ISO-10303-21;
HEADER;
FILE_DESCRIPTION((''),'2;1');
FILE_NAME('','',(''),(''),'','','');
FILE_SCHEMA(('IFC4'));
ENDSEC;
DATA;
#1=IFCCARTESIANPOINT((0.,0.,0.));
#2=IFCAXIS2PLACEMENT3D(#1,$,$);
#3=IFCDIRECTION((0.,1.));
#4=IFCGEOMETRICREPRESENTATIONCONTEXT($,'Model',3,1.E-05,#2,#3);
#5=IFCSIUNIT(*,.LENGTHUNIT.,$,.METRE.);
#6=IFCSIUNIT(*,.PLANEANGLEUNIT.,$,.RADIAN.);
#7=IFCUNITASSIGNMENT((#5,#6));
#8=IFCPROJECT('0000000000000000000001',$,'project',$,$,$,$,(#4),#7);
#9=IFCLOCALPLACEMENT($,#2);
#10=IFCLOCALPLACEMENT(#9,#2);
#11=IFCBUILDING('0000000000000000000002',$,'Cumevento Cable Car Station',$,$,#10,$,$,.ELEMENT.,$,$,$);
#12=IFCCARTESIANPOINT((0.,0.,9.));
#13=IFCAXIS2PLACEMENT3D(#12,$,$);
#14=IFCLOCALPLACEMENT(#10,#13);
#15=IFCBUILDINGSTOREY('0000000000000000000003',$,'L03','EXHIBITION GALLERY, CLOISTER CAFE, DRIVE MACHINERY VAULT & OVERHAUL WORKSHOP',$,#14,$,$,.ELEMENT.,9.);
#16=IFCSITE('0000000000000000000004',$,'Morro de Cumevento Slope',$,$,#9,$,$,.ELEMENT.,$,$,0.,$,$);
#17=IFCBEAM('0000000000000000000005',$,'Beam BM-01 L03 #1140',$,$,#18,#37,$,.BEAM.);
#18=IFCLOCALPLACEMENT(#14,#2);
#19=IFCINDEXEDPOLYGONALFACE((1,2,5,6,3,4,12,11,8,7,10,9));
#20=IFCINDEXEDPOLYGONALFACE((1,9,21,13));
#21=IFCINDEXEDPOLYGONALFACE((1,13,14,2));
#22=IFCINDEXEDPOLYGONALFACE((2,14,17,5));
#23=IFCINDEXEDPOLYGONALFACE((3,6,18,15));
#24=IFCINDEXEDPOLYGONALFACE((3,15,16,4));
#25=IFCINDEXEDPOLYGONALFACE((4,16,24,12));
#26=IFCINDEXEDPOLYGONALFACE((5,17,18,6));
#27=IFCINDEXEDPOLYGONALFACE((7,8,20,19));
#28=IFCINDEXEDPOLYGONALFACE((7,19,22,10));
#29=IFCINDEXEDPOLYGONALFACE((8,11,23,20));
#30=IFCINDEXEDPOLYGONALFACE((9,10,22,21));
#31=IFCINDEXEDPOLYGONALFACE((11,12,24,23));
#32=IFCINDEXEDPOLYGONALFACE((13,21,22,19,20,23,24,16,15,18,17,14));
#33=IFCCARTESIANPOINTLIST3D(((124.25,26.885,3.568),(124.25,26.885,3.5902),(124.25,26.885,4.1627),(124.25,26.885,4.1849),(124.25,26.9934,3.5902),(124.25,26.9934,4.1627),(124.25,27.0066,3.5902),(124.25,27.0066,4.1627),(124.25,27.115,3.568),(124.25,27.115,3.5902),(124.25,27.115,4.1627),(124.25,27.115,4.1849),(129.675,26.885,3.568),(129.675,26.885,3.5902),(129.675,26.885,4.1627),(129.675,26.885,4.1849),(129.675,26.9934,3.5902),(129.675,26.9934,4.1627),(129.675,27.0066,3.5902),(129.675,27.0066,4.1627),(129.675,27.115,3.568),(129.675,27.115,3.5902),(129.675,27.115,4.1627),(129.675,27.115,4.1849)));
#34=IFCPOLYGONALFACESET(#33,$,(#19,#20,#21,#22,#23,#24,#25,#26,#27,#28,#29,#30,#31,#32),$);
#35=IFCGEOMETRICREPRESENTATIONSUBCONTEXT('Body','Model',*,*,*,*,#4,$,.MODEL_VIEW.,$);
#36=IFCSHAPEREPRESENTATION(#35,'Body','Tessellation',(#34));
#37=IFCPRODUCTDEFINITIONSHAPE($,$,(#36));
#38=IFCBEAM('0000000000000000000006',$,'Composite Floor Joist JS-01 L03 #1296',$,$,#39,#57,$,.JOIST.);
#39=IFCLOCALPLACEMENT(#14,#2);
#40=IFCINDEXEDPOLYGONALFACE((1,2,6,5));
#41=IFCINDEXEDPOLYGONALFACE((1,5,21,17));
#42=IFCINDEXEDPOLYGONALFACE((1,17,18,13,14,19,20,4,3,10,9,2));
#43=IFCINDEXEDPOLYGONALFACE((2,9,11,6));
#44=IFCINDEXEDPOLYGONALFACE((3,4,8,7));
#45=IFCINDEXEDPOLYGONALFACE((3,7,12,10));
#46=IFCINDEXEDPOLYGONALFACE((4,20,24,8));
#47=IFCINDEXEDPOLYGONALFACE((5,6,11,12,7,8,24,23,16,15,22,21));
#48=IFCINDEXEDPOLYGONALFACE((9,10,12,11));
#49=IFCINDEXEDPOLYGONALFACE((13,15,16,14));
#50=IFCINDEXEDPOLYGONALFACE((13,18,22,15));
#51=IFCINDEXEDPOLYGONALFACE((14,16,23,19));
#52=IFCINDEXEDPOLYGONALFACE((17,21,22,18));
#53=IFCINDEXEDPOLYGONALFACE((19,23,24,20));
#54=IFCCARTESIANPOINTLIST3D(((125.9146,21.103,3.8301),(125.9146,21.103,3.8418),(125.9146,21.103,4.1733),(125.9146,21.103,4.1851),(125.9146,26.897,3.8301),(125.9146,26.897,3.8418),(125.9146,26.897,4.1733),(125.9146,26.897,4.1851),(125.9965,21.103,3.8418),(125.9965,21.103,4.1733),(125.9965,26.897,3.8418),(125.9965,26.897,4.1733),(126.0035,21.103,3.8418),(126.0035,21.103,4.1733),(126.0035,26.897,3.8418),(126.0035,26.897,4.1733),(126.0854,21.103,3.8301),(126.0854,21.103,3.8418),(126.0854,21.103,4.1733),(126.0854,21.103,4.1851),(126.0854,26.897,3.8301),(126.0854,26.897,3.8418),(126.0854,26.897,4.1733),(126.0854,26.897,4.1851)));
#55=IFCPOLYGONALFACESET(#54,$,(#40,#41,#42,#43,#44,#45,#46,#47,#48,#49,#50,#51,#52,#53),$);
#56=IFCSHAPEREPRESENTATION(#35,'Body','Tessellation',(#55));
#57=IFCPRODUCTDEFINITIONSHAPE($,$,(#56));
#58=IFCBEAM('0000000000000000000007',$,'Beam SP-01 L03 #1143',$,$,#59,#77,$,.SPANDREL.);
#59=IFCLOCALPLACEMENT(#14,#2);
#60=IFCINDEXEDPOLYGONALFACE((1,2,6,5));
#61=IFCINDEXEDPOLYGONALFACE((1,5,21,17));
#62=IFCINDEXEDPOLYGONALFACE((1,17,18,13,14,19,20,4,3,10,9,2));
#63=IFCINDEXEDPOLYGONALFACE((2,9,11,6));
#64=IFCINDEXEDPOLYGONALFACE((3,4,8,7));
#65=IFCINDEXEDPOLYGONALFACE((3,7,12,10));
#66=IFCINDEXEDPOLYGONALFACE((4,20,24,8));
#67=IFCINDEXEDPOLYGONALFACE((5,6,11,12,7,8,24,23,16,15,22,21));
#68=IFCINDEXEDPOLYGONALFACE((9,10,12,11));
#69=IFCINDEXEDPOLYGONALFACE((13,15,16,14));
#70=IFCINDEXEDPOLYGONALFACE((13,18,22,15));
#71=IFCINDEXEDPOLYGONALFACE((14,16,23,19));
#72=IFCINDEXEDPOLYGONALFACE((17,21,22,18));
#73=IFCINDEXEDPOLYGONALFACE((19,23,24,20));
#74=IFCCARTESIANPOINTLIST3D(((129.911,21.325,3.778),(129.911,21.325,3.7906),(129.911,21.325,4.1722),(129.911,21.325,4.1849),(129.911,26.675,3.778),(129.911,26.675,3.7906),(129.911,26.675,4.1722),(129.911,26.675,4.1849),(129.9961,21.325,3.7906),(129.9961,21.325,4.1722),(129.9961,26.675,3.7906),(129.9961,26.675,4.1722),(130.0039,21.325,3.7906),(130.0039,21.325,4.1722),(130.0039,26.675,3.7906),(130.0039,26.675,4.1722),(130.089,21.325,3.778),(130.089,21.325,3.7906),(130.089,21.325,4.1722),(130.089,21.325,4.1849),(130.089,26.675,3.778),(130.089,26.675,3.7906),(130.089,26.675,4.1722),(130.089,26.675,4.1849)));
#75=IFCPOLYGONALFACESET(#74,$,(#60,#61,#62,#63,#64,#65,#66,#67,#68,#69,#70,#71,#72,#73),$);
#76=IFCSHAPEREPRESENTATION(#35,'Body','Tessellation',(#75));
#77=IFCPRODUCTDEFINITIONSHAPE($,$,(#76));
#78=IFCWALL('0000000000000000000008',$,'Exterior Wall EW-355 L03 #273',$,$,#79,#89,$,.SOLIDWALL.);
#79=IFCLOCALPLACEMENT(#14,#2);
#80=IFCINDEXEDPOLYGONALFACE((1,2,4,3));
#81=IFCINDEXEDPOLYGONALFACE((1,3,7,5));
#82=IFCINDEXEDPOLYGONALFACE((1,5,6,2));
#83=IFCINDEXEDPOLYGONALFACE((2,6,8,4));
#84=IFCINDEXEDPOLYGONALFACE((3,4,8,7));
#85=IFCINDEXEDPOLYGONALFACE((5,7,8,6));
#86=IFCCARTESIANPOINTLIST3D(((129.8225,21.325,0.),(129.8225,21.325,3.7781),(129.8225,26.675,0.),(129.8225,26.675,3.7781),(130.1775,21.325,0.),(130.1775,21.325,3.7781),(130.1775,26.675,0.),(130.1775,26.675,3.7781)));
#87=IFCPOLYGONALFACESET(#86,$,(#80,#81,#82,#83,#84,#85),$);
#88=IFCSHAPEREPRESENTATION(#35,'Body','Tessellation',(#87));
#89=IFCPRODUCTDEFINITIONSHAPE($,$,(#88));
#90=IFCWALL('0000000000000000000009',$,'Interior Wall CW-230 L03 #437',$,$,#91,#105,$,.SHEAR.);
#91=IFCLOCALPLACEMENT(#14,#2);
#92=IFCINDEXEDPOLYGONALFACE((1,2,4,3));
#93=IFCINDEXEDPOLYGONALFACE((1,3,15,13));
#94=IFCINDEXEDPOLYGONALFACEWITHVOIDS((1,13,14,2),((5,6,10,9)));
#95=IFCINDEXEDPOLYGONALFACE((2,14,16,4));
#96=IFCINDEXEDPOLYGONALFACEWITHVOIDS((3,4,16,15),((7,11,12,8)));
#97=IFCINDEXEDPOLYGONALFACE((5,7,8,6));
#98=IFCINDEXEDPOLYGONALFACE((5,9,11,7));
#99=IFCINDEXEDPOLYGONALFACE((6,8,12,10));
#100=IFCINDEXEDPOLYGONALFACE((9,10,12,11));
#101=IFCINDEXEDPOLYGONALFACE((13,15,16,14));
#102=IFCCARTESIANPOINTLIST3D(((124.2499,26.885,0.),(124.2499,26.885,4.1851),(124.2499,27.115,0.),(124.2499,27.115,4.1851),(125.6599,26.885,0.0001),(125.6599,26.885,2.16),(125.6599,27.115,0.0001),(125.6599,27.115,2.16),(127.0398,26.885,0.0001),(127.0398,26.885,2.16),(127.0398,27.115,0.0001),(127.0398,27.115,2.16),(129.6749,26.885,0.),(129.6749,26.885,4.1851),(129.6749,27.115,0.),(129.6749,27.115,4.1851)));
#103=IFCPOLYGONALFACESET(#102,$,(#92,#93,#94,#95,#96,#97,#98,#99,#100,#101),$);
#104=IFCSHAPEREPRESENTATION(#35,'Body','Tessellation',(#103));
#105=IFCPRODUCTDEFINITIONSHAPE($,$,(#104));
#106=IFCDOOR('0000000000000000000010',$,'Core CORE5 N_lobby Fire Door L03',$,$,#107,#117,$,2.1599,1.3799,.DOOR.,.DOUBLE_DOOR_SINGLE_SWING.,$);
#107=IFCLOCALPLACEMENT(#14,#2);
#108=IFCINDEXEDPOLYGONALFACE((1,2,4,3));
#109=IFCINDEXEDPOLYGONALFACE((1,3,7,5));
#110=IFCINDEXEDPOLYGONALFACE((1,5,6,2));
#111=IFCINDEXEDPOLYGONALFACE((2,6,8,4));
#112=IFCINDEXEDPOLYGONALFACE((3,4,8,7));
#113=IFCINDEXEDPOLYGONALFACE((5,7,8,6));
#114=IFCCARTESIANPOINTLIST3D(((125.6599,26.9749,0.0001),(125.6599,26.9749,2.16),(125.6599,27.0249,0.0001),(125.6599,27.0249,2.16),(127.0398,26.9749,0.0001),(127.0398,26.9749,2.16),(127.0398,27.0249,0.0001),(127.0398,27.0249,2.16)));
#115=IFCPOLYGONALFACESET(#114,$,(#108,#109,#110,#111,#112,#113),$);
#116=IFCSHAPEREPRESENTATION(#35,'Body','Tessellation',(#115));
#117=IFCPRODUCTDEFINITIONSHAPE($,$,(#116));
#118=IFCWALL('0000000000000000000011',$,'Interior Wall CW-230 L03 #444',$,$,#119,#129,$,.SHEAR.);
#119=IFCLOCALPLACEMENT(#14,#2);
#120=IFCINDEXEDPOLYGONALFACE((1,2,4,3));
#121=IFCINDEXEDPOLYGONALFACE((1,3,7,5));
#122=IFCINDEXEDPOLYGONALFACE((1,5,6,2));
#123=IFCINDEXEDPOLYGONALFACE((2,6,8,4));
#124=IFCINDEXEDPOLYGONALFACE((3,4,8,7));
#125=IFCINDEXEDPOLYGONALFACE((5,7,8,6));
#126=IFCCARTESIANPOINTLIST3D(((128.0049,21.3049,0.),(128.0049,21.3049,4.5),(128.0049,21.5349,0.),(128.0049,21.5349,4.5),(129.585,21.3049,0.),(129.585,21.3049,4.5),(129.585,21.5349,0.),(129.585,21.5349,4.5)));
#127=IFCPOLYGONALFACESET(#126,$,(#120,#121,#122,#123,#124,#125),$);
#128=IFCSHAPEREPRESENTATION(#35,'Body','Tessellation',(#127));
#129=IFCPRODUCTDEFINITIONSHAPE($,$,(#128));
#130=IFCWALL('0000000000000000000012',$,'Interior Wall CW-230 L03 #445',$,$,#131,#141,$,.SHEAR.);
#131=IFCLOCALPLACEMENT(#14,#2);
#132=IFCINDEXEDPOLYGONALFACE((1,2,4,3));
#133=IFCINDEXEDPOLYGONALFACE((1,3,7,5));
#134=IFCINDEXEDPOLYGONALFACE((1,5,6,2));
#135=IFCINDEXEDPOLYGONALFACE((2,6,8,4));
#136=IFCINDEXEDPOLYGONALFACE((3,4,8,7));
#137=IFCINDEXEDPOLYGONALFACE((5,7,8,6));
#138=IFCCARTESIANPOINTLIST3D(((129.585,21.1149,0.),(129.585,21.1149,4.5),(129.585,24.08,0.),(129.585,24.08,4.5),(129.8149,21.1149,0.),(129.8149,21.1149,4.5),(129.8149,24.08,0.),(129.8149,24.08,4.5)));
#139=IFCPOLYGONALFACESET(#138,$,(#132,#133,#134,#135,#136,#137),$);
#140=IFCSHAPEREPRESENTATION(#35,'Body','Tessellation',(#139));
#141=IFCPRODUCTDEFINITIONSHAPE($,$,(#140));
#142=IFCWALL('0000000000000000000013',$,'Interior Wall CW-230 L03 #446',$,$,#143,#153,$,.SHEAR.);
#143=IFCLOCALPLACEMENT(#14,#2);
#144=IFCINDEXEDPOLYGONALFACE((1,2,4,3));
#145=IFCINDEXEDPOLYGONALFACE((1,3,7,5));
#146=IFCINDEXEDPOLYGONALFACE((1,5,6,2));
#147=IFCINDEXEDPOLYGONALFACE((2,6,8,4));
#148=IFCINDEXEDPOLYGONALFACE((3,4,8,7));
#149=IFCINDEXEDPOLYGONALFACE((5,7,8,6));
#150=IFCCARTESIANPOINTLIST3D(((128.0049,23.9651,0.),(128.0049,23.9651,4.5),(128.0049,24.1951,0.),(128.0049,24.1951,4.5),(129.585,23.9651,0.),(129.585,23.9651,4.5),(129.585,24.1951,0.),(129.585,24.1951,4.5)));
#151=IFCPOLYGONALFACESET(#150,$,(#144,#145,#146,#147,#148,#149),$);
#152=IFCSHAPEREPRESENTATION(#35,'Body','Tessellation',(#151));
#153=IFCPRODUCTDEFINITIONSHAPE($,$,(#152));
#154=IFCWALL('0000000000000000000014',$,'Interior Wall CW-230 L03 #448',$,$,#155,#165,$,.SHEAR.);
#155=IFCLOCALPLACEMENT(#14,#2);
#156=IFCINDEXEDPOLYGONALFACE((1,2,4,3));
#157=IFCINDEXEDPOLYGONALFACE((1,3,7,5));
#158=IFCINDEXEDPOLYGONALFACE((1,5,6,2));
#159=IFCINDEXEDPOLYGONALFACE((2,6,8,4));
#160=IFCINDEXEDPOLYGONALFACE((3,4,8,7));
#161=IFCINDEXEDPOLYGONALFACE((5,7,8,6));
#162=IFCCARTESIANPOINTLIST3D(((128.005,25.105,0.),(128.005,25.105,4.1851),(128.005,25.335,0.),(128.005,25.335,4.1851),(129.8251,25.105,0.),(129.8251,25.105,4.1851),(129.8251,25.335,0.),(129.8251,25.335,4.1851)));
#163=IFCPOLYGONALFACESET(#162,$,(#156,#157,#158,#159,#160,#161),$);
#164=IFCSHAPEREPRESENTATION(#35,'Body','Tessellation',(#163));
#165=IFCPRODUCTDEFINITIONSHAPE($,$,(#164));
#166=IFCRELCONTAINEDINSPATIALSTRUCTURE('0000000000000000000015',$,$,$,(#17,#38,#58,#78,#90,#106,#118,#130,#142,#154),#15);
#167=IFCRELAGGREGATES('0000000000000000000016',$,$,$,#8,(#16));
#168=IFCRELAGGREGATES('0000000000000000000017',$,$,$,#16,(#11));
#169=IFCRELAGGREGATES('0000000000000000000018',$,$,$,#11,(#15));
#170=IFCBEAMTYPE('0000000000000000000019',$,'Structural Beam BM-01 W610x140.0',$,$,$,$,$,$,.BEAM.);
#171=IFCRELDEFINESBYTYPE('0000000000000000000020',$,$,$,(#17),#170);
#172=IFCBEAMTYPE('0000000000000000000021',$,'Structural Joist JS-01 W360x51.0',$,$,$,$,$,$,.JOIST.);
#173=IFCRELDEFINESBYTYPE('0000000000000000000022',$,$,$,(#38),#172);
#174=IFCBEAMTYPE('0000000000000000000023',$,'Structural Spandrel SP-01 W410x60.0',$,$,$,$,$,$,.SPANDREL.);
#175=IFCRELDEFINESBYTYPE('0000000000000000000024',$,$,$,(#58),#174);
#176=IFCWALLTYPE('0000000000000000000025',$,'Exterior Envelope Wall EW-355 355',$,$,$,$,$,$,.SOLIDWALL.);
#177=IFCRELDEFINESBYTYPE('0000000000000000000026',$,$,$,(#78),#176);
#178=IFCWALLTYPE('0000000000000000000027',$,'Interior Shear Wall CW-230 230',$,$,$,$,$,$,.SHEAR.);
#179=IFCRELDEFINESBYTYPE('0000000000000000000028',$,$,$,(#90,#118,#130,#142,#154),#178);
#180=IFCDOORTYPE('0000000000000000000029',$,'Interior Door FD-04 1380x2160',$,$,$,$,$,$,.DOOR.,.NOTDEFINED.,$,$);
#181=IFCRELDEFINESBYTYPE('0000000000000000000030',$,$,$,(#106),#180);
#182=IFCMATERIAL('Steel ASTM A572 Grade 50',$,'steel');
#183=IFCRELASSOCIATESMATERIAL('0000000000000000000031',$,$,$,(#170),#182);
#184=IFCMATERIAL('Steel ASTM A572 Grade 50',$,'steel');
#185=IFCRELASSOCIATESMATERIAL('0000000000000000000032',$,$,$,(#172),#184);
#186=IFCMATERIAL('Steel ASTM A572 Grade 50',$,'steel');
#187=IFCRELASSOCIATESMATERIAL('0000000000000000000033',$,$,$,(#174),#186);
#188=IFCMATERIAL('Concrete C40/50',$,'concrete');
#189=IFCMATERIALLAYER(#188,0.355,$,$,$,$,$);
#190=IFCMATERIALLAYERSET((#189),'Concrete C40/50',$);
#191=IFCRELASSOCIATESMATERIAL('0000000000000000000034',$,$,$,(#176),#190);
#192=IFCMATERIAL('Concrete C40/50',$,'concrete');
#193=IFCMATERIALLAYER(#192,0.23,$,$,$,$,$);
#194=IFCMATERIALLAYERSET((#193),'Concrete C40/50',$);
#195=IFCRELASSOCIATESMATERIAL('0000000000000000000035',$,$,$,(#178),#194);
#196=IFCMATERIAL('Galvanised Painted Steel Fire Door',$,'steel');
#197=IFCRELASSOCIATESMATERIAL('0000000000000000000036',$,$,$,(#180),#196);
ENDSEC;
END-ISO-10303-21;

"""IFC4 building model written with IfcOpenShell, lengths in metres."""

from ifc_helpers import new_model, si_unit, direction, frame, frame_2d, origin, origin_2d, place, context, subcontext, project, spatial, rectangle, i_section, extrude, material, layer, layer_set, material_profile, profile_set, type_object, element, fill, save


model = new_model("IFC4")

# Units and contexts
model_context = context("Model", 3, precision=1e-05, world=origin(), true_north=direction((0.0, 1.0)))
body_context = subcontext(model_context, "Body", "Model", "MODEL_VIEW")
ifc_project = project(units=[si_unit("LENGTHUNIT", "METRE"), si_unit("PLANEANGLEUNIT", "RADIAN")], contexts=[model_context])

# Site, building, storey
site_placement = place(None, origin())
site = spatial("IfcSite", under=ifc_project, at=site_placement, Name="Morro de Cumevento Slope", CompositionType="ELEMENT", RefElevation=0.0)
building_placement = place(site_placement, origin())
building = spatial("IfcBuilding", under=site, at=building_placement, Name="Cumevento Cable Car Station", CompositionType="ELEMENT")
storey_placement = place(building_placement, frame((0.0, 0.0, 9.0)))
storey = spatial("IfcBuildingStorey", under=building, at=storey_placement, Name="L03", Description="EXHIBITION GALLERY, CLOISTER CAFE, DRIVE MACHINERY VAULT & OVERHAUL WORKSHOP", CompositionType="ELEMENT", Elevation=9.0)

# Beams
ifc_material_1 = material(Name="Steel ASTM A572 Grade 50", Category="steel")
ifc_material_profile_1 = material_profile(ifc_material_1, i_section(OverallWidth=0.23, OverallDepth=0.6169, WebThickness=0.0132, FlangeThickness=0.0222, at=origin_2d()), Name="W610x140.0")
ifc_profile_set_1 = profile_set([ifc_material_profile_1], Name="Steel ASTM A572 Grade 50")
beam_type_1 = type_object("IfcBeamType", Name="Structural Beam BM-01 W610x140.0", PredefinedType="BEAM", material=ifc_profile_set_1)
beam_1_placement = place(storey_placement, frame((124.25, 27.0, 3.8765), z_axis=(1.0, 0.0, 0.0), x_axis=(0.0, 1.0, 0.0)))
element("IfcBeam", 1, at=beam_1_placement, inside=storey, type_object=beam_type_1, Name="Beam BM-01 L03 #1140", PredefinedType="BEAM", context=body_context, shape_type="SweptSolid", body=[
    extrude(i_section(OverallWidth=0.23, OverallDepth=0.6169, WebThickness=0.0132, FlangeThickness=0.0222, at=origin_2d()), origin(), (0.0, 0.0, 1.0), 5.425),
])
ifc_material_2 = material(Name="Steel ASTM A572 Grade 50", Category="steel")
ifc_material_profile_2 = material_profile(ifc_material_2, i_section(OverallWidth=0.1709, OverallDepth=0.355, WebThickness=0.0071, FlangeThickness=0.0117, at=origin_2d()), Name="W360x51.0")
ifc_profile_set_2 = profile_set([ifc_material_profile_2], Name="Steel ASTM A572 Grade 50")
beam_type_2 = type_object("IfcBeamType", Name="Structural Joist JS-01 W360x51.0", PredefinedType="JOIST", material=ifc_profile_set_2)
beam_2_placement = place(storey_placement, frame((126.0, 21.103, 4.0076), z_axis=(0.0, 1.0, 0.0), x_axis=(-1.0, 0.0, 0.0)))
element("IfcBeam", 2, at=beam_2_placement, inside=storey, type_object=beam_type_2, Name="Composite Floor Joist JS-01 L03 #1296", PredefinedType="JOIST", context=body_context, shape_type="SweptSolid", body=[
    extrude(i_section(OverallWidth=0.1709, OverallDepth=0.355, WebThickness=0.0071, FlangeThickness=0.0117, at=origin_2d()), origin(), (0.0, 0.0, 1.0), 5.7939),
])
ifc_material_3 = material(Name="Steel ASTM A572 Grade 50", Category="steel")
ifc_material_profile_3 = material_profile(ifc_material_3, i_section(OverallWidth=0.178, OverallDepth=0.407, WebThickness=0.0078, FlangeThickness=0.0127, at=origin_2d()), Name="W410x60.0")
ifc_profile_set_3 = profile_set([ifc_material_profile_3], Name="Steel ASTM A572 Grade 50")
beam_type_3 = type_object("IfcBeamType", Name="Structural Spandrel SP-01 W410x60.0", PredefinedType="SPANDREL", material=ifc_profile_set_3)
beam_3_placement = place(storey_placement, frame((130.0, 21.325, 3.9814), z_axis=(0.0, 1.0, 0.0), x_axis=(-1.0, 0.0, 0.0)))
element("IfcBeam", 3, at=beam_3_placement, inside=storey, type_object=beam_type_3, Name="Beam SP-01 L03 #1143", PredefinedType="SPANDREL", context=body_context, shape_type="SweptSolid", body=[
    extrude(i_section(OverallWidth=0.178, OverallDepth=0.407, WebThickness=0.0078, FlangeThickness=0.0127, at=origin_2d()), origin(), (0.0, 0.0, 1.0), 5.3501),
])

# Wall
ifc_material_4 = material(Name="Concrete C40/50", Category="concrete")
ifc_layer_1 = layer(ifc_material_4, 0.355)
ifc_layer_set_1 = layer_set([ifc_layer_1], Name="Concrete C40/50")
wall_type_1 = type_object("IfcWallType", Name="Exterior Envelope Wall EW-355 355", PredefinedType="SOLIDWALL", material=ifc_layer_set_1)
wall_1_placement = place(storey_placement, frame((130.0, 26.675, 0.0), z_axis=(0.0, 0.0, 1.0), x_axis=(0.0, -1.0, 0.0)))
element("IfcWall", 4, at=wall_1_placement, inside=storey, type_object=wall_type_1, Name="Exterior Wall EW-355 L03 #273", PredefinedType="SOLIDWALL", context=body_context, shape_type="SweptSolid", body=[
    extrude(rectangle(XDim=5.3501, YDim=0.355, at=frame_2d((2.675, 0.0))), origin(), (0.0, 0.0, 1.0), 3.7781),
])

# Wall, opening, door
ifc_material_5 = material(Name="Concrete C40/50", Category="concrete")
ifc_layer_2 = layer(ifc_material_5, 0.23)
ifc_layer_set_2 = layer_set([ifc_layer_2], Name="Concrete C40/50")
wall_type_2 = type_object("IfcWallType", Name="Interior Shear Wall CW-230 230", PredefinedType="SHEAR", material=ifc_layer_set_2)
wall_2_placement = place(storey_placement, frame((124.25, 27.0, 0.0), z_axis=(0.0, 0.0, 1.0), x_axis=(1.0, 0.0, 0.0)))
wall_2 = element("IfcWall", 5, at=wall_2_placement, inside=storey, type_object=wall_type_2, Name="Interior Wall CW-230 L03 #437", PredefinedType="SHEAR", context=body_context, shape_type="SweptSolid", body=[
    extrude(rectangle(XDim=5.425, YDim=0.23, at=frame_2d((2.7124, 0.0))), origin(), (0.0, 0.0, 1.0), 4.1851),
])
opening_1_placement = place(wall_2_placement, frame((1.4099, 0.0, 0.0)))
opening_1 = element("IfcOpeningElement", 6, at=opening_1_placement, cuts=wall_2, PredefinedType="OPENING", context=body_context, shape_type="SweptSolid", body=[
    extrude(rectangle(XDim=1.3799, YDim=2.1599, at=frame_2d((0.6899, 1.0801))), frame((0.0, 0.125, 0.0), z_axis=(0.0, -1.0, 0.0), x_axis=(1.0, 0.0, 0.0)), (0.0, 0.0, 1.0), 0.25),
])
ifc_material_6 = material(Name="Galvanised Painted Steel Fire Door", Category="steel")
door_type_1 = type_object("IfcDoorType", Name="Interior Door FD-04 1380x2160", OperationType="NOTDEFINED", PredefinedType="DOOR", material=ifc_material_6)
door_1_placement = place(opening_1_placement, origin())
door_1 = element("IfcDoor", 7, at=door_1_placement, inside=storey, type_object=door_type_1, Name="Core CORE5 N_lobby Fire Door L03", OperationType="DOUBLE_DOOR_SINGLE_SWING", OverallHeight=2.1599, OverallWidth=1.3799, PredefinedType="DOOR", context=body_context, shape_type="SweptSolid", body=[
    extrude(rectangle(XDim=1.3799, YDim=2.1599, at=frame_2d((0.6899, 1.0801))), frame((0.0, 0.0249, 0.0), z_axis=(0.0, -1.0, 0.0), x_axis=(1.0, 0.0, 0.0)), (0.0, 0.0, 1.0), 0.05),
])
fill(opening_1, door_1)

# Walls
wall_3_placement = place(storey_placement, frame((128.0049, 21.4199, 0.0), z_axis=(0.0, 0.0, 1.0), x_axis=(1.0, 0.0, 0.0)))
element("IfcWall", 8, at=wall_3_placement, inside=storey, type_object=wall_type_2, Name="Interior Wall CW-230 L03 #444", PredefinedType="SHEAR", context=body_context, shape_type="SweptSolid", body=[
    extrude(rectangle(XDim=1.5801, YDim=0.23, at=frame_2d((0.79, 0.0))), origin(), (0.0, 0.0, 1.0), 4.5),
])
wall_4_placement = place(storey_placement, frame((129.7, 21.115, 0.0), z_axis=(0.0, 0.0, 1.0), x_axis=(0.0, 1.0, 0.0)))
element("IfcWall", 9, at=wall_4_placement, inside=storey, type_object=wall_type_2, Name="Interior Wall CW-230 L03 #445", PredefinedType="SHEAR", context=body_context, shape_type="SweptSolid", body=[
    extrude(rectangle(XDim=2.9651, YDim=0.23, at=frame_2d((1.4824, 0.0))), origin(), (0.0, 0.0, 1.0), 4.5),
])
wall_5_placement = place(storey_placement, frame((128.0049, 24.0801, 0.0), z_axis=(0.0, 0.0, 1.0), x_axis=(1.0, 0.0, 0.0)))
element("IfcWall", 10, at=wall_5_placement, inside=storey, type_object=wall_type_2, Name="Interior Wall CW-230 L03 #446", PredefinedType="SHEAR", context=body_context, shape_type="SweptSolid", body=[
    extrude(rectangle(XDim=1.5801, YDim=0.23, at=frame_2d((0.79, 0.0))), origin(), (0.0, 0.0, 1.0), 4.5),
])
wall_6_placement = place(storey_placement, frame((128.0049, 25.22, 0.0), z_axis=(0.0, 0.0, 1.0), x_axis=(1.0, 0.0, 0.0)))
element("IfcWall", 11, at=wall_6_placement, inside=storey, type_object=wall_type_2, Name="Interior Wall CW-230 L03 #448", PredefinedType="SHEAR", context=body_context, shape_type="SweptSolid", body=[
    extrude(rectangle(XDim=1.8201, YDim=0.23, at=frame_2d((0.9102, 0.0))), origin(), (0.0, 0.0, 1.0), 4.1851),
])

save(model, "model.ifc")
